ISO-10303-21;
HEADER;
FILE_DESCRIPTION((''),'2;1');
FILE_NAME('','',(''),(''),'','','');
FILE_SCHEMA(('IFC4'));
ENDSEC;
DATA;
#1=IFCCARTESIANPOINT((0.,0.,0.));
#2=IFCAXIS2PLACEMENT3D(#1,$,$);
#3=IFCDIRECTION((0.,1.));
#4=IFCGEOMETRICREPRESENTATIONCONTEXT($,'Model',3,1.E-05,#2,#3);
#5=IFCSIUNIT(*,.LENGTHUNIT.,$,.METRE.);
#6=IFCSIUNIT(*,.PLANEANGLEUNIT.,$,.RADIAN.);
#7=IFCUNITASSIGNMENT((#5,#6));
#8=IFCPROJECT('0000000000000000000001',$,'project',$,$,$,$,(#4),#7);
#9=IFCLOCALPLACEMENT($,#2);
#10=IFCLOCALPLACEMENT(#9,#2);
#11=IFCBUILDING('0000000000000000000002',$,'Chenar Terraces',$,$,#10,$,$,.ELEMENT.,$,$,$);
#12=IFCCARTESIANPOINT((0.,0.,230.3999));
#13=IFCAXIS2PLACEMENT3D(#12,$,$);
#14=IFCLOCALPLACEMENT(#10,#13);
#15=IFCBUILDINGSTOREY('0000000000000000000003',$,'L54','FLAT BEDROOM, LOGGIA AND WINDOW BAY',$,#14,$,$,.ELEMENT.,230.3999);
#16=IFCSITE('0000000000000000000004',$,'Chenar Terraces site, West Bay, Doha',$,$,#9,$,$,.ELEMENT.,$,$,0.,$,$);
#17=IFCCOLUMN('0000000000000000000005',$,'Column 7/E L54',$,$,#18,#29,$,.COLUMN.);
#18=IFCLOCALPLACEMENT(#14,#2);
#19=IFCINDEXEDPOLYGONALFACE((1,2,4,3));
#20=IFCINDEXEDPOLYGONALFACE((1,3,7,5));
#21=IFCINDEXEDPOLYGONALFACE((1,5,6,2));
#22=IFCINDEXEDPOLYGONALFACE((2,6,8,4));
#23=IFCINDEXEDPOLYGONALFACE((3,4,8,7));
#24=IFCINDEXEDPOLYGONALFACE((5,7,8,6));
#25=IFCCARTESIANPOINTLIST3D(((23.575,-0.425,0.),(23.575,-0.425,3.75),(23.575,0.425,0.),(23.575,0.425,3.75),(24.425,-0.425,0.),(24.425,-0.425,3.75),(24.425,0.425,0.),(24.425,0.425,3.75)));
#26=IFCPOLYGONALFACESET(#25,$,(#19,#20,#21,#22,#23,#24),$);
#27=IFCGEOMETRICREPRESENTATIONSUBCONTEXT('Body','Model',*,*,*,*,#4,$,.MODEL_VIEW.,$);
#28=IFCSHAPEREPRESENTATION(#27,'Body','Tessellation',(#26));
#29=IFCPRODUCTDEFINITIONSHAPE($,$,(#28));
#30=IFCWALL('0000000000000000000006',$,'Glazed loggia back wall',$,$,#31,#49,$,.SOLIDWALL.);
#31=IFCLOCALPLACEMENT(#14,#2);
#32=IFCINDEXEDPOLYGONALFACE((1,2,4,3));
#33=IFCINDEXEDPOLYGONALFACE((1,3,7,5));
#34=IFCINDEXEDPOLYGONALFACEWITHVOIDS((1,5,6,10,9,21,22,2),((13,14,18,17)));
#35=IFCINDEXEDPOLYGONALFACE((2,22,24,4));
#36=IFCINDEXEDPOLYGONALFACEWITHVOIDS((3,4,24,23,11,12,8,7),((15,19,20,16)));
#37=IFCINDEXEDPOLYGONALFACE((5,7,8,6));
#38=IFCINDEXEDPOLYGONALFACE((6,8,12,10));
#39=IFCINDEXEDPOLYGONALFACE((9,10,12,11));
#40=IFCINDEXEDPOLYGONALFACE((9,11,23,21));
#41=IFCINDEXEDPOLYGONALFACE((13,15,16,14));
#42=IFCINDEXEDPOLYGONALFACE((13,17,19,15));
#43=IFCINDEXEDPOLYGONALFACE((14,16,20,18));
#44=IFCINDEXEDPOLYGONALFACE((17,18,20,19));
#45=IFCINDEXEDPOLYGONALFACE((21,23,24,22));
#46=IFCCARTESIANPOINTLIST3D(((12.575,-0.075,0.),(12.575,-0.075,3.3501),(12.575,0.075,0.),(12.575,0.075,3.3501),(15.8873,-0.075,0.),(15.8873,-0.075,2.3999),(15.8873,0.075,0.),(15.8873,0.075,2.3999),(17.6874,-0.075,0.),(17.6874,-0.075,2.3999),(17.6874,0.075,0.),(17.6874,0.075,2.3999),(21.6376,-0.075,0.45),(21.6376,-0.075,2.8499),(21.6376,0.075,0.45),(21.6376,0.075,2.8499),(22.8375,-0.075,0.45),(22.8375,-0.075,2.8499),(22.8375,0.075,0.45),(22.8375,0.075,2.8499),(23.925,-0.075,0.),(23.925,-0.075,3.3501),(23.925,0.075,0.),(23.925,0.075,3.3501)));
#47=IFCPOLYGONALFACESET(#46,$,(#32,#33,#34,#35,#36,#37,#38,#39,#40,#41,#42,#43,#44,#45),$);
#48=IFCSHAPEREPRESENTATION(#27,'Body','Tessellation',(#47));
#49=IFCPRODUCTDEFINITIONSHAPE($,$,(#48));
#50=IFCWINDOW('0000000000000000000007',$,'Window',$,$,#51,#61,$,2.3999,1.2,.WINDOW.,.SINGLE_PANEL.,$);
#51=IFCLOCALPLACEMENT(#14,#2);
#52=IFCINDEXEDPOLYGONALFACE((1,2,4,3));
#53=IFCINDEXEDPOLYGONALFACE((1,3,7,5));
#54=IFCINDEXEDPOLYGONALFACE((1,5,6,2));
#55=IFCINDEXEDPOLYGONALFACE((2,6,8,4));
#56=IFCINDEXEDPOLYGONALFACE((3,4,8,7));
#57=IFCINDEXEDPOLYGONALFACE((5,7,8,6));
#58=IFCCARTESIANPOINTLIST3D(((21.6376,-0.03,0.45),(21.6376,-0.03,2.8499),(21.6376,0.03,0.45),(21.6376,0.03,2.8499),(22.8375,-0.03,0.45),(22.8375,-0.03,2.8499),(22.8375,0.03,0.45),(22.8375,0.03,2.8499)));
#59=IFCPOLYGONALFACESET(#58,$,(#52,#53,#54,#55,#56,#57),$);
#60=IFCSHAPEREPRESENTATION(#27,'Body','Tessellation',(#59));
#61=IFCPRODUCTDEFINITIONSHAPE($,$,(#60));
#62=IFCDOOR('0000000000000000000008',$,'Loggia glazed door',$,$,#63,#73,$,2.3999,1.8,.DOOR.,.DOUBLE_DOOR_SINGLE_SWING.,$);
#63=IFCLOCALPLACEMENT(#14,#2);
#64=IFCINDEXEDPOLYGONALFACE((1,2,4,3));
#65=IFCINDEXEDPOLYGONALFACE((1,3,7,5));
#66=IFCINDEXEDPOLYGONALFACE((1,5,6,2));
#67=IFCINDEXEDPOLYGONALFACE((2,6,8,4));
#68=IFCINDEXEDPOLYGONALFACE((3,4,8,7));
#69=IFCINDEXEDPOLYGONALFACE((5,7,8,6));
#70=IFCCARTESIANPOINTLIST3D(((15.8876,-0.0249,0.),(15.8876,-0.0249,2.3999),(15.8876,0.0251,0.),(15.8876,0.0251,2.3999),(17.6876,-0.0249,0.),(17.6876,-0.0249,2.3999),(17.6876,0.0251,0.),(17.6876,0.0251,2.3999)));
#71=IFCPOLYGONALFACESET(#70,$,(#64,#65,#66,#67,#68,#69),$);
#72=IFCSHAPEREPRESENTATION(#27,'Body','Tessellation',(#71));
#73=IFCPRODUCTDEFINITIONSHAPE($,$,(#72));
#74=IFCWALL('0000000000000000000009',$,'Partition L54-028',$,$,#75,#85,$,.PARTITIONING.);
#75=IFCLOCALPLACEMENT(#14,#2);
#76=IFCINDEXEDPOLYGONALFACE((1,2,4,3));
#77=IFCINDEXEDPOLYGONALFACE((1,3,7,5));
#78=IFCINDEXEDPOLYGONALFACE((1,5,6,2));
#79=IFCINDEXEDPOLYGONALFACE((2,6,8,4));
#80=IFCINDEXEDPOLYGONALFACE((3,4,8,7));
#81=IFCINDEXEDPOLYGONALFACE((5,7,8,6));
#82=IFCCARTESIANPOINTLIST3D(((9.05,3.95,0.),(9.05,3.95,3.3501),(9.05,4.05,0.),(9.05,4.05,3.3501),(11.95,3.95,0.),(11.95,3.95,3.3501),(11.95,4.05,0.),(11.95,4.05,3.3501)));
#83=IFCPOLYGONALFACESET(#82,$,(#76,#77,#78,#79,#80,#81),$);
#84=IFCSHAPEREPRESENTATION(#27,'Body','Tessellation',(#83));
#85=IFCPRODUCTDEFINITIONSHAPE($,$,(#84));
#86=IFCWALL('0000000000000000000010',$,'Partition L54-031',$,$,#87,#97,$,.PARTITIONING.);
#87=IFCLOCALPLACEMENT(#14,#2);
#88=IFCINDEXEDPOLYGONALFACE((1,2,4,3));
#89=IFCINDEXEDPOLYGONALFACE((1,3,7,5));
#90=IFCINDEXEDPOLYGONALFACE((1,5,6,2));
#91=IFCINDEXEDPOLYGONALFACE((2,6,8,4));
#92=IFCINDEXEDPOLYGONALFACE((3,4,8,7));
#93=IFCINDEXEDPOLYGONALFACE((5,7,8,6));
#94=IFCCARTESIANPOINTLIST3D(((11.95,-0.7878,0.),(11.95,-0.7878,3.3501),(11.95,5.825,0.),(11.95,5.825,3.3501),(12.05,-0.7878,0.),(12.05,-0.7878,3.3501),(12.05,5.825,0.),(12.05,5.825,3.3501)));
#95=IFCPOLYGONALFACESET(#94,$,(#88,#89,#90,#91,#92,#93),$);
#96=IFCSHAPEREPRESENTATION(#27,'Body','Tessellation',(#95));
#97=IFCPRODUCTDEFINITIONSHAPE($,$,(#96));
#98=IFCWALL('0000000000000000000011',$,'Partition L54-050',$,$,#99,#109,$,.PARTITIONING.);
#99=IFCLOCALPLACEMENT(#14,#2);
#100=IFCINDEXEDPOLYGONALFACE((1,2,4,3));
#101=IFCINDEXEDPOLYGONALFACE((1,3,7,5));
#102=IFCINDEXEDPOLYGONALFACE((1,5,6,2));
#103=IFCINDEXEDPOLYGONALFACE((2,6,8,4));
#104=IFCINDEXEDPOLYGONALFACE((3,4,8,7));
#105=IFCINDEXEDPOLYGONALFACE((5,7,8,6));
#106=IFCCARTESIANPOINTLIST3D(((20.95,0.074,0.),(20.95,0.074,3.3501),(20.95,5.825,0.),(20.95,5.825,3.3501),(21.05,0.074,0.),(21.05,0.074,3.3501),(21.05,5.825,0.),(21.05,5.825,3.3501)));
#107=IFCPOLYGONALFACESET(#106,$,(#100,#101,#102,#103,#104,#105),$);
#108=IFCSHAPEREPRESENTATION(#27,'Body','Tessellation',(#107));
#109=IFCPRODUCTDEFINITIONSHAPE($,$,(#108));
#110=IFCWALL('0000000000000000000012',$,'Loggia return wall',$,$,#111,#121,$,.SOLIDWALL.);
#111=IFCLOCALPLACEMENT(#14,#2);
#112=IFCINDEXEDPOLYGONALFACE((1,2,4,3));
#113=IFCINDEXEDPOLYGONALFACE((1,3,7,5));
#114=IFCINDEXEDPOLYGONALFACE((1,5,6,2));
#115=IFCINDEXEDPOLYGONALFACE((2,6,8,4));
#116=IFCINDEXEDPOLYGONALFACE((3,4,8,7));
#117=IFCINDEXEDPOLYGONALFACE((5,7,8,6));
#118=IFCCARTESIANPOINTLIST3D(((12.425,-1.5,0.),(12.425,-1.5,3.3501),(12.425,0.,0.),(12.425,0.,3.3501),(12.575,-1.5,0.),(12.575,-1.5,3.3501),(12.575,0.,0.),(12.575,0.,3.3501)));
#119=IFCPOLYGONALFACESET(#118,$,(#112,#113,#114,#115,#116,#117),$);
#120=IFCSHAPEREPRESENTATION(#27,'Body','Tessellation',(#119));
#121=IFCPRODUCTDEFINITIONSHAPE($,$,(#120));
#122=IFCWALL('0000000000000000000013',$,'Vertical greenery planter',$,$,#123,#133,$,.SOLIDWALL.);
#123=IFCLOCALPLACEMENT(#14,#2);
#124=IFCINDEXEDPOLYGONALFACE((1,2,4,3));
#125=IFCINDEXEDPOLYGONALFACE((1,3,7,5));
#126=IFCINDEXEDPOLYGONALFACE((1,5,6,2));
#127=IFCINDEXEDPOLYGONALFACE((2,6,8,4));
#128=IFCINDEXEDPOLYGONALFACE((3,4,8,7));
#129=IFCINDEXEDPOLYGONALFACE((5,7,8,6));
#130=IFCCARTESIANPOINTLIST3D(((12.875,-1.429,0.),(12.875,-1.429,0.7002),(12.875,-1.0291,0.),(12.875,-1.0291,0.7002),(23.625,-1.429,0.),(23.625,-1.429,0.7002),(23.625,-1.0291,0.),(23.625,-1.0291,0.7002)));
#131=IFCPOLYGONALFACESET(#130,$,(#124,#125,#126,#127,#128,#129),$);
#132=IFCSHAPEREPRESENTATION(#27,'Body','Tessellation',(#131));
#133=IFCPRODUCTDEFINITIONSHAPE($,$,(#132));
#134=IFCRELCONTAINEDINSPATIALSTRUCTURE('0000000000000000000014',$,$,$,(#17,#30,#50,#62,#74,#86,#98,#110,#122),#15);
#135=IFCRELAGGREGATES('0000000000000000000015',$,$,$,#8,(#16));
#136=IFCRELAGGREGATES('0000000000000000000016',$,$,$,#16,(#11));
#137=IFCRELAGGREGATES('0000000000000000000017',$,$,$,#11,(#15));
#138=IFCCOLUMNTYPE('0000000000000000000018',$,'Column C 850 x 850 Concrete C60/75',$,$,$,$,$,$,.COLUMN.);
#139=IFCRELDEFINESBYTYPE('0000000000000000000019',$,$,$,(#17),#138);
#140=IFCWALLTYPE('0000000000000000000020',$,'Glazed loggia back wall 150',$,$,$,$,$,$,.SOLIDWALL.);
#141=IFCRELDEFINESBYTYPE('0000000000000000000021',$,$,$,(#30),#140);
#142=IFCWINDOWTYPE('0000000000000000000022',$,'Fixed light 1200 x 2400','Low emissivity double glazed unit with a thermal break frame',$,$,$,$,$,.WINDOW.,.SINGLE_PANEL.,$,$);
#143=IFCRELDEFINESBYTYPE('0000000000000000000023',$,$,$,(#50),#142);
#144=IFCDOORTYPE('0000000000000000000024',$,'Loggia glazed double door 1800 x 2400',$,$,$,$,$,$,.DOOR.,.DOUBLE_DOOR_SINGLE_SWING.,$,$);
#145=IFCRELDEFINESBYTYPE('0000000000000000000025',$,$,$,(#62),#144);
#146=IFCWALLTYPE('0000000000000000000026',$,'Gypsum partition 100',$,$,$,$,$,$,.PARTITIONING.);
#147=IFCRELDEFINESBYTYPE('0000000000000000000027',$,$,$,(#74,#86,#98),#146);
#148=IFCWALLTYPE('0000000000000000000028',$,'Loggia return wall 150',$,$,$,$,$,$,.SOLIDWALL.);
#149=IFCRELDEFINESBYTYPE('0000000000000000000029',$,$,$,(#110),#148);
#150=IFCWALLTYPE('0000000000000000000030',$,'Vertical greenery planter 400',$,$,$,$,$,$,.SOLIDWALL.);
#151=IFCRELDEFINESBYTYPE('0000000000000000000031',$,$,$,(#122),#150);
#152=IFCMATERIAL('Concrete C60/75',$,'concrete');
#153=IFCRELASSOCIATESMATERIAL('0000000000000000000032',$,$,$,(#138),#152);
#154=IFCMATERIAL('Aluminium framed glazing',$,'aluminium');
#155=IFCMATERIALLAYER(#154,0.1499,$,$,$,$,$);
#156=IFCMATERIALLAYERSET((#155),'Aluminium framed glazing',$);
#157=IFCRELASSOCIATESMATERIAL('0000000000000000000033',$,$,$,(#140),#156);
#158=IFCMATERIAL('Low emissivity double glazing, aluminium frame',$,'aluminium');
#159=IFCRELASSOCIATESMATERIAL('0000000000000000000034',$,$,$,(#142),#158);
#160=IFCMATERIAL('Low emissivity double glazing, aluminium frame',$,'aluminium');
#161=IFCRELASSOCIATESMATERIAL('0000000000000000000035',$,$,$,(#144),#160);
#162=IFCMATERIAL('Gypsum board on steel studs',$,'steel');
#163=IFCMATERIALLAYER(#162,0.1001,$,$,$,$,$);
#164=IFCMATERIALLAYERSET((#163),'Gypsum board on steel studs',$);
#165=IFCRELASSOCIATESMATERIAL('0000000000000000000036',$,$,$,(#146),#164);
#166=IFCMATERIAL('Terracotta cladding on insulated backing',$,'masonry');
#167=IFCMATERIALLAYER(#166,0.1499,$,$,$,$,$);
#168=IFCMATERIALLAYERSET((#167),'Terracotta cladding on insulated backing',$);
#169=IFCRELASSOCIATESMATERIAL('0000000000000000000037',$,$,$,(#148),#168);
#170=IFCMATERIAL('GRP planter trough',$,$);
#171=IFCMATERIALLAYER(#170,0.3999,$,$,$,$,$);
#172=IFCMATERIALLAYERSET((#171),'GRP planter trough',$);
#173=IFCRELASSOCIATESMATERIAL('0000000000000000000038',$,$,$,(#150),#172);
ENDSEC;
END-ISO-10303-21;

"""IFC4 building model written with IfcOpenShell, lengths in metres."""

from ifc_helpers import new_model, si_unit, direction, frame, frame_2d, origin, origin_2d, place, context, subcontext, project, spatial, rectangle, extrude, material, layer, layer_set, material_profile, profile_set, type_object, element, fill, save


model = new_model("IFC4")

# Units and contexts
model_context = context("Model", 3, precision=1e-05, world=origin(), true_north=direction((0.0, 1.0)))
body_context = subcontext(model_context, "Body", "Model", "MODEL_VIEW")
ifc_project = project(units=[si_unit("LENGTHUNIT", "METRE"), si_unit("PLANEANGLEUNIT", "RADIAN")], contexts=[model_context])

# Site, building, storey
site_placement = place(None, origin())
site = spatial("IfcSite", under=ifc_project, at=site_placement, Name="Chenar Terraces site, West Bay, Doha", CompositionType="ELEMENT", RefElevation=0.0)
building_placement = place(site_placement, origin())
building = spatial("IfcBuilding", under=site, at=building_placement, Name="Chenar Terraces", CompositionType="ELEMENT")
storey_placement = place(building_placement, frame((0.0, 0.0, 230.3999)))
storey = spatial("IfcBuildingStorey", under=building, at=storey_placement, Name="L54", Description="FLAT BEDROOM, LOGGIA AND WINDOW BAY", CompositionType="ELEMENT", Elevation=230.3999)

# Column
ifc_material_1 = material(Name="Concrete C60/75", Category="concrete")
ifc_material_profile = material_profile(ifc_material_1, rectangle(XDim=0.8501, YDim=0.8501, at=origin_2d()), Name="C 850 x 850")
ifc_profile_set = profile_set([ifc_material_profile], Name="Concrete C60/75")
column_type = type_object("IfcColumnType", Name="Column C 850 x 850 Concrete C60/75", PredefinedType="COLUMN", material=ifc_profile_set)
column_placement = place(storey_placement, frame((24.0, 0.0, 0.0), z_axis=(0.0, 0.0, 1.0), x_axis=(1.0, 0.0, 0.0)))
element("IfcColumn", 1, at=column_placement, inside=storey, type_object=column_type, Name="Column 7/E L54", PredefinedType="COLUMN", context=body_context, shape_type="SweptSolid", body=[
    extrude(rectangle(XDim=0.8501, YDim=0.8501, at=origin_2d()), origin(), (0.0, 0.0, 1.0), 3.75),
])

# Wall, openings, window, door
ifc_material_2 = material(Name="Aluminium framed glazing", Category="aluminium")
ifc_layer_1 = layer(ifc_material_2, 0.1499)
ifc_layer_set_1 = layer_set([ifc_layer_1], Name="Aluminium framed glazing")
wall_type_1 = type_object("IfcWallType", Name="Glazed loggia back wall 150", PredefinedType="SOLIDWALL", material=ifc_layer_set_1)
wall_1_placement = place(storey_placement, frame((12.575, 0.0, 0.0), z_axis=(0.0, 0.0, 1.0), x_axis=(1.0, 0.0, 0.0)))
wall_1 = element("IfcWall", 2, at=wall_1_placement, inside=storey, type_object=wall_type_1, Name="Glazed loggia back wall", PredefinedType="SOLIDWALL", context=body_context, shape_type="SweptSolid", body=[
    extrude(rectangle(XDim=11.3501, YDim=0.1499, at=frame_2d((5.675, 0.0))), origin(), (0.0, 0.0, 1.0), 3.3501),
])
opening_1_placement = place(wall_1_placement, frame((3.3125, 0.0, 0.0)))
opening_1 = element("IfcOpeningElement", 3, at=opening_1_placement, cuts=wall_1, PredefinedType="OPENING", context=body_context, shape_type="SweptSolid", body=[
    extrude(rectangle(XDim=1.8, YDim=2.3999, at=frame_2d((0.8999, 1.2))), frame((0.0, 0.085, 0.0), z_axis=(0.0, -1.0, 0.0), x_axis=(1.0, 0.0, 0.0)), (0.0, 0.0, 1.0), 0.1699),
])
opening_2_placement = place(wall_1_placement, frame((9.0625, 0.0, 0.45)))
opening_2 = element("IfcOpeningElement", 4, at=opening_2_placement, cuts=wall_1, PredefinedType="OPENING", context=body_context, shape_type="SweptSolid", body=[
    extrude(rectangle(XDim=1.2, YDim=2.3999, at=frame_2d((0.6001, 1.2))), frame((0.0, 0.085, 0.0), z_axis=(0.0, -1.0, 0.0), x_axis=(1.0, 0.0, 0.0)), (0.0, 0.0, 1.0), 0.1699),
])
ifc_material_3 = material(Name="Low emissivity double glazing, aluminium frame", Category="aluminium")
window_type = type_object("IfcWindowType", Name="Fixed light 1200 x 2400", Description="Low emissivity double glazed unit with a thermal break frame", PartitioningType="SINGLE_PANEL", PredefinedType="WINDOW", material=ifc_material_3)
window_placement = place(opening_2_placement, origin())
window = element("IfcWindow", 5, at=window_placement, inside=storey, type_object=window_type, Name="Window", OverallHeight=2.3999, OverallWidth=1.2, PartitioningType="SINGLE_PANEL", PredefinedType="WINDOW", context=body_context, shape_type="SweptSolid", body=[
    extrude(rectangle(XDim=1.2, YDim=2.3999, at=frame_2d((0.6001, 1.2))), frame((0.0, 0.03, 0.0), z_axis=(0.0, -1.0, 0.0), x_axis=(1.0, 0.0, 0.0)), (0.0, 0.0, 1.0), 0.0601),
])
fill(opening_2, window)
ifc_material_4 = material(Name="Low emissivity double glazing, aluminium frame", Category="aluminium")
door_type = type_object("IfcDoorType", Name="Loggia glazed double door 1800 x 2400", OperationType="DOUBLE_DOOR_SINGLE_SWING", PredefinedType="DOOR", material=ifc_material_4)
door_placement = place(opening_1_placement, frame((1.8, 0.0, 0.0), z_axis=(0.0, 0.0, 1.0), x_axis=(-1.0, 0.0, 0.0)))
door = element("IfcDoor", 6, at=door_placement, inside=storey, type_object=door_type, Name="Loggia glazed door", OperationType="DOUBLE_DOOR_SINGLE_SWING", OverallHeight=2.3999, OverallWidth=1.8, PredefinedType="DOOR", context=body_context, shape_type="SweptSolid", body=[
    extrude(rectangle(XDim=1.8, YDim=2.3999, at=frame_2d((0.8999, 1.2))), frame((0.0, 0.0249, 0.0), z_axis=(0.0, -1.0, 0.0), x_axis=(1.0, 0.0, 0.0)), (0.0, 0.0, 1.0), 0.05),
])
fill(opening_1, door)

# Walls
ifc_material_5 = material(Name="Gypsum board on steel studs", Category="steel")
ifc_layer_2 = layer(ifc_material_5, 0.1001)
ifc_layer_set_2 = layer_set([ifc_layer_2], Name="Gypsum board on steel studs")
wall_type_2 = type_object("IfcWallType", Name="Gypsum partition 100", PredefinedType="PARTITIONING", material=ifc_layer_set_2)
wall_2_placement = place(storey_placement, frame((9.05, 4.0, 0.0), z_axis=(0.0, 0.0, 1.0), x_axis=(1.0, 0.0, 0.0)))
element("IfcWall", 7, at=wall_2_placement, inside=storey, type_object=wall_type_2, Name="Partition L54-028", PredefinedType="PARTITIONING", context=body_context, shape_type="SweptSolid", body=[
    extrude(rectangle(XDim=2.8999, YDim=0.1001, at=frame_2d((1.45, 0.0))), origin(), (0.0, 0.0, 1.0), 3.3501),
])
wall_3_placement = place(storey_placement, frame((12.0, -0.7878, 0.0), z_axis=(0.0, 0.0, 1.0), x_axis=(0.0, 1.0, 0.0)))
element("IfcWall", 8, at=wall_3_placement, inside=storey, type_object=wall_type_2, Name="Partition L54-031", PredefinedType="PARTITIONING", context=body_context, shape_type="SweptSolid", body=[
    extrude(rectangle(XDim=6.6128, YDim=0.1001, at=frame_2d((3.3064, 0.0))), origin(), (0.0, 0.0, 1.0), 3.3501),
])
wall_4_placement = place(storey_placement, frame((21.0, 0.074, 0.0), z_axis=(0.0, 0.0, 1.0), x_axis=(0.0, 1.0, 0.0)))
element("IfcWall", 9, at=wall_4_placement, inside=storey, type_object=wall_type_2, Name="Partition L54-050", PredefinedType="PARTITIONING", context=body_context, shape_type="SweptSolid", body=[
    extrude(rectangle(XDim=5.751, YDim=0.1001, at=frame_2d((2.8755, 0.0))), origin(), (0.0, 0.0, 1.0), 3.3501),
])
ifc_material_6 = material(Name="Terracotta cladding on insulated backing", Category="masonry")
ifc_layer_3 = layer(ifc_material_6, 0.1499)
ifc_layer_set_3 = layer_set([ifc_layer_3], Name="Terracotta cladding on insulated backing")
wall_type_3 = type_object("IfcWallType", Name="Loggia return wall 150", PredefinedType="SOLIDWALL", material=ifc_layer_set_3)
wall_5_placement = place(storey_placement, frame((12.5, -1.5, 0.0), z_axis=(0.0, 0.0, 1.0), x_axis=(0.0, 1.0, 0.0)))
element("IfcWall", 10, at=wall_5_placement, inside=storey, type_object=wall_type_3, Name="Loggia return wall", PredefinedType="SOLIDWALL", context=body_context, shape_type="SweptSolid", body=[
    extrude(rectangle(XDim=1.5, YDim=0.1499, at=frame_2d((0.75, 0.0))), origin(), (0.0, 0.0, 1.0), 3.3501),
])
ifc_material_7 = material(Name="GRP planter trough")
ifc_layer_4 = layer(ifc_material_7, 0.3999)
ifc_layer_set_4 = layer_set([ifc_layer_4], Name="GRP planter trough")
wall_type_4 = type_object("IfcWallType", Name="Vertical greenery planter 400", PredefinedType="SOLIDWALL", material=ifc_layer_set_4)
wall_6_placement = place(storey_placement, frame((12.875, -1.229, 0.0), z_axis=(0.0, 0.0, 1.0), x_axis=(1.0, 0.0, 0.0)))
element("IfcWall", 11, at=wall_6_placement, inside=storey, type_object=wall_type_4, Name="Vertical greenery planter", PredefinedType="SOLIDWALL", context=body_context, shape_type="SweptSolid", body=[
    extrude(rectangle(XDim=10.75, YDim=0.3999, at=frame_2d((5.375, 0.0))), origin(), (0.0, 0.0, 1.0), 0.7002),
])

save(model, "model.ifc")
